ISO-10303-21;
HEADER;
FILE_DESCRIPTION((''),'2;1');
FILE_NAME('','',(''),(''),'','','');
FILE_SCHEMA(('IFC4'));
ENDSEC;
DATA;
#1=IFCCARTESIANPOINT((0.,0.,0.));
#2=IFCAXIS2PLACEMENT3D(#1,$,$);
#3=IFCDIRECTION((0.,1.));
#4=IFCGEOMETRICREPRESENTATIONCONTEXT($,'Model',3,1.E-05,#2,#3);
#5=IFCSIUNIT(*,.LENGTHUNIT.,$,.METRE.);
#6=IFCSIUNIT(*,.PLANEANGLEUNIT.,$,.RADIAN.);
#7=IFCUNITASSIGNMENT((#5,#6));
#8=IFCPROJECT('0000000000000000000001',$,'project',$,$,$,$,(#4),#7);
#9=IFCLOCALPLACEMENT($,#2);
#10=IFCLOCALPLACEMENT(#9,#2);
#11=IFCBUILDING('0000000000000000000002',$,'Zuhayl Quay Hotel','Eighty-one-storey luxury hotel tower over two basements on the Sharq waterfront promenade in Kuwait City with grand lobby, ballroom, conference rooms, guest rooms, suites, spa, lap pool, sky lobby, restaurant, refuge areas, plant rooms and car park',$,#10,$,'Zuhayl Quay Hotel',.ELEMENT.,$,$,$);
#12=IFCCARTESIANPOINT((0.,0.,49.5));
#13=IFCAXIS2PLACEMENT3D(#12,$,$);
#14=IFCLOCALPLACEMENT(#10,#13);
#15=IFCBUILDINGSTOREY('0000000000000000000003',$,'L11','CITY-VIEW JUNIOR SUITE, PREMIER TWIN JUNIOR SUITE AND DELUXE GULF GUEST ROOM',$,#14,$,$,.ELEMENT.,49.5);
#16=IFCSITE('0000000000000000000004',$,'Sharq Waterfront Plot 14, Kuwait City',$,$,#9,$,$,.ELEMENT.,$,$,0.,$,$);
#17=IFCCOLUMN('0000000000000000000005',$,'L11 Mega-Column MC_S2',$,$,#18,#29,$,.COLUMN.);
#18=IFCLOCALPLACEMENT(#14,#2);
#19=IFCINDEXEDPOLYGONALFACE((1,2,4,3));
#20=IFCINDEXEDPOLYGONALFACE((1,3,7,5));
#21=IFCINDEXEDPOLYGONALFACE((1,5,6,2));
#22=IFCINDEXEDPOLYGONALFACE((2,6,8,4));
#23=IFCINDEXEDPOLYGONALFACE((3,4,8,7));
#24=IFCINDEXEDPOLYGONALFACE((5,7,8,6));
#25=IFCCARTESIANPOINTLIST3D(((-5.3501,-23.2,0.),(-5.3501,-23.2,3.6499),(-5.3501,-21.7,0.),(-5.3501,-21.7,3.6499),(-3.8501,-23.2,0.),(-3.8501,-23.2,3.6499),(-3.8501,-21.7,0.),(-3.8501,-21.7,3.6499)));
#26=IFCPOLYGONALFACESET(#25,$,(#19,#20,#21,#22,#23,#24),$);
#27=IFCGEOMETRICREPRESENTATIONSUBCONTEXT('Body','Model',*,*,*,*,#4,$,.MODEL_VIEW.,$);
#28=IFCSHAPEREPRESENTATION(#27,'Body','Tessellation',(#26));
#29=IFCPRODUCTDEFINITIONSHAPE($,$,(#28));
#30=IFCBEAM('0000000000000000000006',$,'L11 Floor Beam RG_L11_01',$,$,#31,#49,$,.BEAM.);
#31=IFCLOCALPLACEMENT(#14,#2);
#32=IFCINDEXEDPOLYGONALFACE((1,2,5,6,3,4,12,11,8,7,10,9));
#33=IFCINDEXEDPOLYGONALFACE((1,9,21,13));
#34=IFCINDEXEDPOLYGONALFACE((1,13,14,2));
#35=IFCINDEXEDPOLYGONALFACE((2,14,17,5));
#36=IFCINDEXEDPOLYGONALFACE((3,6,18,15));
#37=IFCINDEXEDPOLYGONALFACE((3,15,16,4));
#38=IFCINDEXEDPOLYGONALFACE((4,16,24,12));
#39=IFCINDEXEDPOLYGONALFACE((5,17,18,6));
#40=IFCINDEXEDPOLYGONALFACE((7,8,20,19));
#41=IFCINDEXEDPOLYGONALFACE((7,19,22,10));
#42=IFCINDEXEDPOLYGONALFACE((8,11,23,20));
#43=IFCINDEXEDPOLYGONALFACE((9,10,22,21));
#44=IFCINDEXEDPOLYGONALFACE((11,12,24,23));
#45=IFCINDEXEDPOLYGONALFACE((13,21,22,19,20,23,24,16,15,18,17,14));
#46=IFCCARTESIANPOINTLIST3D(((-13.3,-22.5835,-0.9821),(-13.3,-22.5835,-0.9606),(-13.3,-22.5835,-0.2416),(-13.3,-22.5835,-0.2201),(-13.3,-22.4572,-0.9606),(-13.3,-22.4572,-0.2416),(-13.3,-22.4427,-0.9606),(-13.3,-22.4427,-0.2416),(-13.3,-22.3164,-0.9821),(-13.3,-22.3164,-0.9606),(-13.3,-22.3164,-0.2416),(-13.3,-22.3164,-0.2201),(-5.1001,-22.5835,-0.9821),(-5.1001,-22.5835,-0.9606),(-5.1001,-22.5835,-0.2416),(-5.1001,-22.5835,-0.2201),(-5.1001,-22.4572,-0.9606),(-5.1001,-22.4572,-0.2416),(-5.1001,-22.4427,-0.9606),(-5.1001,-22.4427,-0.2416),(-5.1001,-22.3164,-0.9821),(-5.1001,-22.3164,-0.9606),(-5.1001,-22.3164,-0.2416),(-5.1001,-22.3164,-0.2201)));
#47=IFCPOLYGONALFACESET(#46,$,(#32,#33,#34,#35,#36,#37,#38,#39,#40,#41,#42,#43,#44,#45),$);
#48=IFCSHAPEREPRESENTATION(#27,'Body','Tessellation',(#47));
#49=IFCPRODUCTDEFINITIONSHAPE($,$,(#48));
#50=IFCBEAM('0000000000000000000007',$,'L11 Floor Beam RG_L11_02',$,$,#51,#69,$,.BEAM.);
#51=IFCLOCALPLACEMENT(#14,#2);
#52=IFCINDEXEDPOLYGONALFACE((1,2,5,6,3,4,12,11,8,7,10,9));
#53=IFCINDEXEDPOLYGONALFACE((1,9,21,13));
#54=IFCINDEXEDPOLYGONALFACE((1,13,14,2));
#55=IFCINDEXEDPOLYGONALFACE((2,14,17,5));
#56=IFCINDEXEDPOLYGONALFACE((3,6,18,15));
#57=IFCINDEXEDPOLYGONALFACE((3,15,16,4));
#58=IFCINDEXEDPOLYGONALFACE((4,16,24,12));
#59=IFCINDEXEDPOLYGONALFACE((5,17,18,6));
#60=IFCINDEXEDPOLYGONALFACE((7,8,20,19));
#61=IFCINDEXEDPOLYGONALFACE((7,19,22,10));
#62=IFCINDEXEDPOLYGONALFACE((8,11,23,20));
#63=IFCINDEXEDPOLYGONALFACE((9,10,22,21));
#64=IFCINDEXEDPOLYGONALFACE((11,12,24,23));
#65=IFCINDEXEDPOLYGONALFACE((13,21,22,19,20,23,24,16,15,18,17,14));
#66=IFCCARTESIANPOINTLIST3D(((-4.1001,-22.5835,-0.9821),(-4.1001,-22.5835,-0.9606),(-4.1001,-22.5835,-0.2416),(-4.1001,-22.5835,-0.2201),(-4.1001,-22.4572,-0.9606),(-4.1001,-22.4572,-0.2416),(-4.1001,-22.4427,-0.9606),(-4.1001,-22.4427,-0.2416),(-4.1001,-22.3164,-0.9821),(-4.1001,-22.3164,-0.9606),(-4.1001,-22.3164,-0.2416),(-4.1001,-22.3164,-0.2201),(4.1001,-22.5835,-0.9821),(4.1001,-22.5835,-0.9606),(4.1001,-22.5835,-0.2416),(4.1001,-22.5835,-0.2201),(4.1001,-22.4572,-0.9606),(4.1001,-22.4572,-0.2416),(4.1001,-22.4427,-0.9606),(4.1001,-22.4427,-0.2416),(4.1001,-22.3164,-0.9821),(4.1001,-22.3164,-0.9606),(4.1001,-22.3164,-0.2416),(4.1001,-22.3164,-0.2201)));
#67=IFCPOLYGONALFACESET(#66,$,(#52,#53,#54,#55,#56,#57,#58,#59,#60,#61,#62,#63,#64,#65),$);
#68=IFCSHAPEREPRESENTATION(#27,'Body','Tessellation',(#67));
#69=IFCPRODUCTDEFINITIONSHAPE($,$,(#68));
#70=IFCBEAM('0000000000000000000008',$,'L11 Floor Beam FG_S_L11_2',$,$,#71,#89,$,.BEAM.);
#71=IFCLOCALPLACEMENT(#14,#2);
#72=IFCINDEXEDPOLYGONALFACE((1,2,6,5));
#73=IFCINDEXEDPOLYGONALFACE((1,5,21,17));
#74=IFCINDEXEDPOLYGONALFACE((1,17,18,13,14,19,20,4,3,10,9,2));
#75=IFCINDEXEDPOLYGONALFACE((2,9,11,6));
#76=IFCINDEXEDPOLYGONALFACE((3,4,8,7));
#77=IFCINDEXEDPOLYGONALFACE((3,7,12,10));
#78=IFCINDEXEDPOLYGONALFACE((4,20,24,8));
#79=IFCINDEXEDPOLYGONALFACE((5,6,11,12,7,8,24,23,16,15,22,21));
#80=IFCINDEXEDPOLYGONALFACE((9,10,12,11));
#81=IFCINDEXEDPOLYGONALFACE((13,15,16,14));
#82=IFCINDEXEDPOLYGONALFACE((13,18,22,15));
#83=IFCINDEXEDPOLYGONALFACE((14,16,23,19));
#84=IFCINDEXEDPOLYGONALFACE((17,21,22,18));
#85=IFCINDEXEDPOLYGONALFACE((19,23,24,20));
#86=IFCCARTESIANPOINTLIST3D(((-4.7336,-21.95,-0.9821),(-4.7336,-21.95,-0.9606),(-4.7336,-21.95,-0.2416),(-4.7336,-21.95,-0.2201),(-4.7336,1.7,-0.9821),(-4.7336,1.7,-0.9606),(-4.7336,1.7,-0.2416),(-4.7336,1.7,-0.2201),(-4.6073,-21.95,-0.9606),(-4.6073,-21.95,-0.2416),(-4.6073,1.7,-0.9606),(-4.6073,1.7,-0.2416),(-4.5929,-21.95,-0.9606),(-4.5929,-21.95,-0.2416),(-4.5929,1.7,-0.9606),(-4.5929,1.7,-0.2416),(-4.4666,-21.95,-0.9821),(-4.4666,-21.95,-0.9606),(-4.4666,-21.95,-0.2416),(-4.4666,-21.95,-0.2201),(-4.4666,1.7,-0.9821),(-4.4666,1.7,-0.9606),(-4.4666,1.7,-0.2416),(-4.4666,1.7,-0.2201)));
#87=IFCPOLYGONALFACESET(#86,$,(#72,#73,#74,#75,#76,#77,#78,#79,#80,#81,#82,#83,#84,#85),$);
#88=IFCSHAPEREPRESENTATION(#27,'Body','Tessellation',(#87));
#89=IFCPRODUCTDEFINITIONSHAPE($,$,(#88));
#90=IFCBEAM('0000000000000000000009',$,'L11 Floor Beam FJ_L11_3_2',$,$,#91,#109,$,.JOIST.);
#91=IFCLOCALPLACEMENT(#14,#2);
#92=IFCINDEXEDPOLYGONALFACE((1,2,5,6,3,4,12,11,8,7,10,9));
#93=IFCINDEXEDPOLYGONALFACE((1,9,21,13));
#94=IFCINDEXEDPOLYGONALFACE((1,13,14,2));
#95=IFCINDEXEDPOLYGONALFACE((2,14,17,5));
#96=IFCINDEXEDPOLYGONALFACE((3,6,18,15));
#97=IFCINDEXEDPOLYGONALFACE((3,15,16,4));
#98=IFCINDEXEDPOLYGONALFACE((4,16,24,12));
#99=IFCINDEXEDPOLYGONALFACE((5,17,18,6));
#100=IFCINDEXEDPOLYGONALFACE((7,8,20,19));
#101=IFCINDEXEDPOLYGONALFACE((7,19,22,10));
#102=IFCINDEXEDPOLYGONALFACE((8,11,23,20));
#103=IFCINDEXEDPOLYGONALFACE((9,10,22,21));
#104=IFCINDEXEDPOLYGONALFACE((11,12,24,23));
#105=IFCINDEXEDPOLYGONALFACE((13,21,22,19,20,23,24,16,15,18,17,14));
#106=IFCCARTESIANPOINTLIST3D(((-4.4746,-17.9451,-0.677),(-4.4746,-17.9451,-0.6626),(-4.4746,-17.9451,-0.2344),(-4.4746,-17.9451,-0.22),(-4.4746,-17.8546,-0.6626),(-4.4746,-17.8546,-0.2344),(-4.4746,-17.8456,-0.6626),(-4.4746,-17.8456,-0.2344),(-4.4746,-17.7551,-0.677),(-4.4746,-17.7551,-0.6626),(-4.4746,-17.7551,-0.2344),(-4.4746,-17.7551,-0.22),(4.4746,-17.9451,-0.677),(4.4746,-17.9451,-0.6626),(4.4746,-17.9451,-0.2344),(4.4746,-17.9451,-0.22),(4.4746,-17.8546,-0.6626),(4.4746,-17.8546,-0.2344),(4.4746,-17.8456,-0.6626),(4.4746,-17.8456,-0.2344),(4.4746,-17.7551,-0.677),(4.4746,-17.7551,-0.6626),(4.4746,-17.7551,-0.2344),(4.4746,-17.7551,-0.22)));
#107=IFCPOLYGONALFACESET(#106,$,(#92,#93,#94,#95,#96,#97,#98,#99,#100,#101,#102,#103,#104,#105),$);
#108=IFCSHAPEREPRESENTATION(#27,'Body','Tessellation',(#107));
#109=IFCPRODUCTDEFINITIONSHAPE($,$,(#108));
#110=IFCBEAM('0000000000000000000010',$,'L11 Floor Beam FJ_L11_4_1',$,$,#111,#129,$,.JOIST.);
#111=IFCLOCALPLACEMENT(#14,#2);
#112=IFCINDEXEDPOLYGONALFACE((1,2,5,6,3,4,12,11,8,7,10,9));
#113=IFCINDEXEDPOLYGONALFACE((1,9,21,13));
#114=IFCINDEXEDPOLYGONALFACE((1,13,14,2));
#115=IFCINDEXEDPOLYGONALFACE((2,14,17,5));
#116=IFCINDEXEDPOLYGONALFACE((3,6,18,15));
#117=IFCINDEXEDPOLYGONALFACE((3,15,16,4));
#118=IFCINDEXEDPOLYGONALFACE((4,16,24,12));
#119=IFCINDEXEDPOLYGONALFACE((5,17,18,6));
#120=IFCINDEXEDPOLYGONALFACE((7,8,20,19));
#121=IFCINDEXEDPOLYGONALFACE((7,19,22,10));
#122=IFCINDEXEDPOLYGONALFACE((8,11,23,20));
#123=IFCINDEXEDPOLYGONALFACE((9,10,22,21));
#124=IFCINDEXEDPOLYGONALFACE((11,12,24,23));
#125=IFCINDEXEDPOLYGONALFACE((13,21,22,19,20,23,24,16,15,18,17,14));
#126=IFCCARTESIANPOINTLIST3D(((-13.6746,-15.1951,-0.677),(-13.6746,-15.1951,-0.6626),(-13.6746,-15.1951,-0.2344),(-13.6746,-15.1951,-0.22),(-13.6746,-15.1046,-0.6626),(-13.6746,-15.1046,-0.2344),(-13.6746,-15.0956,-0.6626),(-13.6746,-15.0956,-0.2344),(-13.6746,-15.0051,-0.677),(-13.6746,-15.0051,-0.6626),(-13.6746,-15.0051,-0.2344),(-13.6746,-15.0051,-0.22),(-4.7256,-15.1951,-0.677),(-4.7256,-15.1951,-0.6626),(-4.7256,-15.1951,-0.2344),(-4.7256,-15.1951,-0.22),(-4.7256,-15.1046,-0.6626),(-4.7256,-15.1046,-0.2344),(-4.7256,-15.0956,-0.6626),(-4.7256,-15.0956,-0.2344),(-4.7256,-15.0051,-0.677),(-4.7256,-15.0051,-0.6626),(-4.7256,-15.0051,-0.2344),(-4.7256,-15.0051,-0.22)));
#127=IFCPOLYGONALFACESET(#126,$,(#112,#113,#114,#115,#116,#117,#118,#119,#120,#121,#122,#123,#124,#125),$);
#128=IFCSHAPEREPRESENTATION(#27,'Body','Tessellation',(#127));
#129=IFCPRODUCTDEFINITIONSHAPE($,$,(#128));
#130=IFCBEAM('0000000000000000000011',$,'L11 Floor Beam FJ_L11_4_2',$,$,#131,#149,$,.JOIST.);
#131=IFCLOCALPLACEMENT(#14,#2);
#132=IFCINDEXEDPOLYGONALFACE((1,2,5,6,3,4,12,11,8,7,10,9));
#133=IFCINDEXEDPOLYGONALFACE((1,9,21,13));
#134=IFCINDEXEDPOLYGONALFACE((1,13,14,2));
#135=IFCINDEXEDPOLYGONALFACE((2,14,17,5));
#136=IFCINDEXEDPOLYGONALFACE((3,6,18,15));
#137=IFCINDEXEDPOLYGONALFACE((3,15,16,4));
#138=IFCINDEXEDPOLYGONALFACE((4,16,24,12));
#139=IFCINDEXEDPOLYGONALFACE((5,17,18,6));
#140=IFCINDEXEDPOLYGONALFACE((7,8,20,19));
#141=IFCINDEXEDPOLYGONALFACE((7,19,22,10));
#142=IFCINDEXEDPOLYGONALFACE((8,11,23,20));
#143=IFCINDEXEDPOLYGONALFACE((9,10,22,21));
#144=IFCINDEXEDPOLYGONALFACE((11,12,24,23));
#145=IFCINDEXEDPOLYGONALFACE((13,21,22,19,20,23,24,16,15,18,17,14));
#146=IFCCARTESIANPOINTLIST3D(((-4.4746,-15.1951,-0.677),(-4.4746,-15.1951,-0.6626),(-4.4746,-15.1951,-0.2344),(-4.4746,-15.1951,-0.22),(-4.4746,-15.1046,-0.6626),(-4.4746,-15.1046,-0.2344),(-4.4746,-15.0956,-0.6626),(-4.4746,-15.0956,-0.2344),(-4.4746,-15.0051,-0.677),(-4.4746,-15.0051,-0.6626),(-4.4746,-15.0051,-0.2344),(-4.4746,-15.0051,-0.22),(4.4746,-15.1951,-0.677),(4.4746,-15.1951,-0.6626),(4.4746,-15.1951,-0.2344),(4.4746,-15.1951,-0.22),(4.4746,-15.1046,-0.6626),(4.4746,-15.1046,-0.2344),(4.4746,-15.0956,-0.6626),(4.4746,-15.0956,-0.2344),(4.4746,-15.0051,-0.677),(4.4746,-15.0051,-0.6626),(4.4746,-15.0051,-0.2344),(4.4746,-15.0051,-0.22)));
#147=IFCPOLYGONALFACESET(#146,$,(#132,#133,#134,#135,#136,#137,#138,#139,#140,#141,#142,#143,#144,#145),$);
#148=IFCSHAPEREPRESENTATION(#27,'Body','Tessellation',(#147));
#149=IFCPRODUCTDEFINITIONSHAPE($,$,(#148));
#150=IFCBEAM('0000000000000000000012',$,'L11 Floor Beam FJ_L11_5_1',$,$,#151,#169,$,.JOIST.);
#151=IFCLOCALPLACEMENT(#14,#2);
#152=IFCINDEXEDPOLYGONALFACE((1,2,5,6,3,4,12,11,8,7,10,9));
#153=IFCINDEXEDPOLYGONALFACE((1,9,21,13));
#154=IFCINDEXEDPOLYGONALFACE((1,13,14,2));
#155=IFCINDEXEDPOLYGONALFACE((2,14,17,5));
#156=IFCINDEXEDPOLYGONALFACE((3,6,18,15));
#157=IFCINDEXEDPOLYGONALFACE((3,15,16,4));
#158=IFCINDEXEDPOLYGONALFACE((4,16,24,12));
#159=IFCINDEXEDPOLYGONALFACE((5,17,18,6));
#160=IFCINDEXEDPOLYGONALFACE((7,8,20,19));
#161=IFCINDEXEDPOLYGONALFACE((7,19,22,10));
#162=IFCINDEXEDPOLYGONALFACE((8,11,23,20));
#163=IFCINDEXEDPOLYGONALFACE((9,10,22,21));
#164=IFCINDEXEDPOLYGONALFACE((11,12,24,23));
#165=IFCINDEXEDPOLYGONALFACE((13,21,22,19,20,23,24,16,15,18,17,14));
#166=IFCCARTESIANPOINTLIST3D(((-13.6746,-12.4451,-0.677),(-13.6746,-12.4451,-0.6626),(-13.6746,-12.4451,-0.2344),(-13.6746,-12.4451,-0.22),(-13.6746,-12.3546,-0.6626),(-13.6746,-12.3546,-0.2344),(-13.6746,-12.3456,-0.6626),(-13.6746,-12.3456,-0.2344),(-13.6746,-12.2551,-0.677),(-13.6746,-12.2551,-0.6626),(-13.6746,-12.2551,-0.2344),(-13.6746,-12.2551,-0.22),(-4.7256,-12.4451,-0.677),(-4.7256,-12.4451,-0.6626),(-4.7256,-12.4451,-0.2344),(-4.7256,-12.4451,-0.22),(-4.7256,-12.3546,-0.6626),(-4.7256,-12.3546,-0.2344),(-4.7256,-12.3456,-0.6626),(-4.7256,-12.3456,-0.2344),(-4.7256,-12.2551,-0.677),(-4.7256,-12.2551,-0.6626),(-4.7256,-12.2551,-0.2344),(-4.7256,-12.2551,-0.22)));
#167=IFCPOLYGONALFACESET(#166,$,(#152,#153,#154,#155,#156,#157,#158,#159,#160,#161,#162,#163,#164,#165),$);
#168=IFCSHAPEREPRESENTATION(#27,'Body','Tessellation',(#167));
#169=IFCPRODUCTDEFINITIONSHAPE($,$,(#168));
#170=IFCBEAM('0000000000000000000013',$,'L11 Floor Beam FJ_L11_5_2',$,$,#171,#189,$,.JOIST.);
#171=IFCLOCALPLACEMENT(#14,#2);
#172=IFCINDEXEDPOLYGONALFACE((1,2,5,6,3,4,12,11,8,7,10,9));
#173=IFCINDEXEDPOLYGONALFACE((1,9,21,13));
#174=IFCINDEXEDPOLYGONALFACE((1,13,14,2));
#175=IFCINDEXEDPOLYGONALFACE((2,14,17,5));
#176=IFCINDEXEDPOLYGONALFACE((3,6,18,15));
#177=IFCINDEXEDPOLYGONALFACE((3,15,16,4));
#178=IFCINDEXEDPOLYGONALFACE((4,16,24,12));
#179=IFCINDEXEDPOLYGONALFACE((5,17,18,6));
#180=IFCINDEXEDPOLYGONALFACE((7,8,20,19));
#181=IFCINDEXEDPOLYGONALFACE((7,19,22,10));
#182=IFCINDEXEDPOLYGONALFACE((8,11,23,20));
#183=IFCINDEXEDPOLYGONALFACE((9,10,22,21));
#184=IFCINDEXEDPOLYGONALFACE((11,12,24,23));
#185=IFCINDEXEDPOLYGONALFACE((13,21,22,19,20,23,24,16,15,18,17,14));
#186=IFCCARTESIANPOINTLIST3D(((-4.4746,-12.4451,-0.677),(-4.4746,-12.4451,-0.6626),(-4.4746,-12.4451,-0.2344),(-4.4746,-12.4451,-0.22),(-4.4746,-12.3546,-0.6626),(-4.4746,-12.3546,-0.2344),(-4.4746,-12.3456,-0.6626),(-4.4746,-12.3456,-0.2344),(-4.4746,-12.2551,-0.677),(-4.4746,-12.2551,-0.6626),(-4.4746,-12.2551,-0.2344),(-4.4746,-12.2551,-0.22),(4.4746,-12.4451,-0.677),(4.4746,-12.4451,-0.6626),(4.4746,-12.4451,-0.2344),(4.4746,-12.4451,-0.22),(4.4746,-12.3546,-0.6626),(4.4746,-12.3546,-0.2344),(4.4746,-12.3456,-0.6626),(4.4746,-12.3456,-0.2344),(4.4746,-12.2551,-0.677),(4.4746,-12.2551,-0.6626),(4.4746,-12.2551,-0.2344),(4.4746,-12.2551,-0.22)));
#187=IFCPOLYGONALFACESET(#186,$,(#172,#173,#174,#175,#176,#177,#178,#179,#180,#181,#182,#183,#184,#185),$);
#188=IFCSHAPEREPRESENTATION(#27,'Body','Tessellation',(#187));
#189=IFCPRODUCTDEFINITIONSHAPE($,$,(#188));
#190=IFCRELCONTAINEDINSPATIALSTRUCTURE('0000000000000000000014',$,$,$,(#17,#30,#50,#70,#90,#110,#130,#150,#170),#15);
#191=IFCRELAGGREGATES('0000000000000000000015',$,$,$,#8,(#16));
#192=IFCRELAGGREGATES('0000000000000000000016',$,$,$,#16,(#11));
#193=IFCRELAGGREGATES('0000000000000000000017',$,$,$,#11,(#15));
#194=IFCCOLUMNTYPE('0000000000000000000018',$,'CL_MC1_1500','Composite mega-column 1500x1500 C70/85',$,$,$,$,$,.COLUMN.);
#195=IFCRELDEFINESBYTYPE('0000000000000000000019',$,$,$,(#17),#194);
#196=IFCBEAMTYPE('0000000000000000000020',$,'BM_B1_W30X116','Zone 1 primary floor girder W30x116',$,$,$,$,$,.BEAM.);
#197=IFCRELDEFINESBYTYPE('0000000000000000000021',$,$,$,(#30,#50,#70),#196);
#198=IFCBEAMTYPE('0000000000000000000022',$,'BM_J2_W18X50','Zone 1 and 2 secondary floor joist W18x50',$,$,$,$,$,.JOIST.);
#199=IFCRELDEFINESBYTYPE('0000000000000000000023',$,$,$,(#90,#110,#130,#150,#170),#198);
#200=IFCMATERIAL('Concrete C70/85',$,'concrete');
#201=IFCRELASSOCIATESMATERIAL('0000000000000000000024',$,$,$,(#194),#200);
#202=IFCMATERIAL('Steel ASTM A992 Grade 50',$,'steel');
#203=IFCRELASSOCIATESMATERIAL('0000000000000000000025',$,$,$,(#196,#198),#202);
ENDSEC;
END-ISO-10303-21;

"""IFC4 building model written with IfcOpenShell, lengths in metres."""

from ifc_helpers import new_model, si_unit, direction, frame, origin, origin_2d, place, context, subcontext, project, spatial, rectangle, i_section, extrude, material, material_profile, profile_set, type_object, element, save


model = new_model("IFC4")

# Units and contexts
model_context = context("Model", 3, precision=1e-05, world=origin(), true_north=direction((0.0, 1.0)))
body_context = subcontext(model_context, "Body", "Model", "MODEL_VIEW")
ifc_project = project(units=[si_unit("LENGTHUNIT", "METRE"), si_unit("PLANEANGLEUNIT", "RADIAN")], contexts=[model_context])

# Site, building, storey
site_placement = place(None, origin())
site = spatial("IfcSite", under=ifc_project, at=site_placement, Name="Sharq Waterfront Plot 14, Kuwait City", CompositionType="ELEMENT", RefElevation=0.0)
building_placement = place(site_placement, origin())
building = spatial("IfcBuilding", under=site, at=building_placement, Name="Zuhayl Quay Hotel", Description="Eighty-one-storey luxury hotel tower over two basements on the Sharq waterfront promenade in Kuwait City with grand lobby, ballroom, conference rooms, guest rooms, suites, spa, lap pool, sky lobby, restaurant, refuge areas, plant rooms and car park", LongName="Zuhayl Quay Hotel", CompositionType="ELEMENT")
storey_placement = place(building_placement, frame((0.0, 0.0, 49.5)))
storey = spatial("IfcBuildingStorey", under=building, at=storey_placement, Name="L11", Description="CITY-VIEW JUNIOR SUITE, PREMIER TWIN JUNIOR SUITE AND DELUXE GULF GUEST ROOM", CompositionType="ELEMENT", Elevation=49.5)

# Column
ifc_material_1 = material(Name="Concrete C70/85", Category="concrete")
ifc_material_profile_1 = material_profile(ifc_material_1, rectangle(XDim=1.5, YDim=1.5, at=origin_2d()), Name="RC1500X1500")
ifc_profile_set_1 = profile_set([ifc_material_profile_1], Name="Concrete C70/85")
column_type = type_object("IfcColumnType", Name="CL_MC1_1500", Description="Composite mega-column 1500x1500 C70/85", PredefinedType="COLUMN", material=ifc_profile_set_1)
column_placement = place(storey_placement, frame((-4.6001, -22.45, 0.0), z_axis=(0.0, 0.0, 1.0), x_axis=(1.0, 0.0, 0.0)))
element("IfcColumn", 1, at=column_placement, inside=storey, type_object=column_type, Name="L11 Mega-Column MC_S2", PredefinedType="COLUMN", context=body_context, shape_type="SweptSolid", body=[
    extrude(rectangle(XDim=1.5, YDim=1.5, at=origin_2d()), origin(), (0.0, 0.0, 1.0), 3.6499),
])

# Beams
ifc_material_2 = material(Name="Steel ASTM A992 Grade 50", Category="steel")
ifc_material_profile_2 = material_profile(ifc_material_2, i_section(OverallWidth=0.2671, OverallDepth=0.762, WebThickness=0.0144, FlangeThickness=0.0215, at=origin_2d()), Name="W30X116")
ifc_profile_set_2 = profile_set([ifc_material_profile_2], Name="Steel ASTM A992 Grade 50")
beam_type_1 = type_object("IfcBeamType", Name="BM_B1_W30X116", Description="Zone 1 primary floor girder W30x116", PredefinedType="BEAM", material=ifc_profile_set_2)
beam_1_placement = place(storey_placement, frame((-13.3, -22.45, -0.6011), z_axis=(1.0, 0.0, 0.0), x_axis=(0.0, 1.0, 0.0)))
element("IfcBeam", 2, at=beam_1_placement, inside=storey, type_object=beam_type_1, Name="L11 Floor Beam RG_L11_01", PredefinedType="BEAM", context=body_context, shape_type="SweptSolid", body=[
    extrude(i_section(OverallWidth=0.2671, OverallDepth=0.762, WebThickness=0.0144, FlangeThickness=0.0215, at=origin_2d()), origin(), (0.0, 0.0, 1.0), 8.2),
])
beam_2_placement = place(storey_placement, frame((-4.1001, -22.45, -0.6011), z_axis=(1.0, 0.0, 0.0), x_axis=(0.0, 1.0, 0.0)))
element("IfcBeam", 3, at=beam_2_placement, inside=storey, type_object=beam_type_1, Name="L11 Floor Beam RG_L11_02", PredefinedType="BEAM", context=body_context, shape_type="SweptSolid", body=[
    extrude(i_section(OverallWidth=0.2671, OverallDepth=0.762, WebThickness=0.0144, FlangeThickness=0.0215, at=origin_2d()), origin(), (0.0, 0.0, 1.0), 8.2002),
])
beam_3_placement = place(storey_placement, frame((-4.6001, -21.95, -0.6011), z_axis=(0.0, 1.0, 0.0), x_axis=(-1.0, 0.0, 0.0)))
element("IfcBeam", 4, at=beam_3_placement, inside=storey, type_object=beam_type_1, Name="L11 Floor Beam FG_S_L11_2", PredefinedType="BEAM", context=body_context, shape_type="SweptSolid", body=[
    extrude(i_section(OverallWidth=0.2671, OverallDepth=0.762, WebThickness=0.0144, FlangeThickness=0.0215, at=origin_2d()), origin(), (0.0, 0.0, 1.0), 23.6499),
])
ifc_material_profile_3 = material_profile(ifc_material_2, i_section(OverallWidth=0.1899, OverallDepth=0.457, WebThickness=0.009, FlangeThickness=0.0144, at=origin_2d()), Name="W18X50")
ifc_profile_set_3 = profile_set([ifc_material_profile_3], Name="Steel ASTM A992 Grade 50")
beam_type_2 = type_object("IfcBeamType", Name="BM_J2_W18X50", Description="Zone 1 and 2 secondary floor joist W18x50", PredefinedType="JOIST", material=ifc_profile_set_3)
beam_4_placement = place(storey_placement, frame((-4.4746, -17.8501, -0.4485), z_axis=(1.0, 0.0, 0.0), x_axis=(0.0, 1.0, 0.0)))
element("IfcBeam", 5, at=beam_4_placement, inside=storey, type_object=beam_type_2, Name="L11 Floor Beam FJ_L11_3_2", PredefinedType="JOIST", context=body_context, shape_type="SweptSolid", body=[
    extrude(i_section(OverallWidth=0.1899, OverallDepth=0.457, WebThickness=0.009, FlangeThickness=0.0144, at=origin_2d()), origin(), (0.0, 0.0, 1.0), 8.9492),
])
beam_5_placement = place(storey_placement, frame((-13.6746, -15.1001, -0.4485), z_axis=(1.0, 0.0, 0.0), x_axis=(0.0, 1.0, 0.0)))
element("IfcBeam", 6, at=beam_5_placement, inside=storey, type_object=beam_type_2, Name="L11 Floor Beam FJ_L11_4_1", PredefinedType="JOIST", context=body_context, shape_type="SweptSolid", body=[
    extrude(i_section(OverallWidth=0.1899, OverallDepth=0.457, WebThickness=0.009, FlangeThickness=0.0144, at=origin_2d()), origin(), (0.0, 0.0, 1.0), 8.949),
])
beam_6_placement = place(storey_placement, frame((-4.4746, -15.1001, -0.4485), z_axis=(1.0, 0.0, 0.0), x_axis=(0.0, 1.0, 0.0)))
element("IfcBeam", 7, at=beam_6_placement, inside=storey, type_object=beam_type_2, Name="L11 Floor Beam FJ_L11_4_2", PredefinedType="JOIST", context=body_context, shape_type="SweptSolid", body=[
    extrude(i_section(OverallWidth=0.1899, OverallDepth=0.457, WebThickness=0.009, FlangeThickness=0.0144, at=origin_2d()), origin(), (0.0, 0.0, 1.0), 8.9492),
])
beam_7_placement = place(storey_placement, frame((-13.6746, -12.3501, -0.4485), z_axis=(1.0, 0.0, 0.0), x_axis=(0.0, 1.0, 0.0)))
element("IfcBeam", 8, at=beam_7_placement, inside=storey, type_object=beam_type_2, Name="L11 Floor Beam FJ_L11_5_1", PredefinedType="JOIST", context=body_context, shape_type="SweptSolid", body=[
    extrude(i_section(OverallWidth=0.1899, OverallDepth=0.457, WebThickness=0.009, FlangeThickness=0.0144, at=origin_2d()), origin(), (0.0, 0.0, 1.0), 8.949),
])
beam_8_placement = place(storey_placement, frame((-4.4746, -12.3501, -0.4485), z_axis=(1.0, 0.0, 0.0), x_axis=(0.0, 1.0, 0.0)))
element("IfcBeam", 9, at=beam_8_placement, inside=storey, type_object=beam_type_2, Name="L11 Floor Beam FJ_L11_5_2", PredefinedType="JOIST", context=body_context, shape_type="SweptSolid", body=[
    extrude(i_section(OverallWidth=0.1899, OverallDepth=0.457, WebThickness=0.009, FlangeThickness=0.0144, at=origin_2d()), origin(), (0.0, 0.0, 1.0), 8.9492),
])

save(model, "model.ifc")
